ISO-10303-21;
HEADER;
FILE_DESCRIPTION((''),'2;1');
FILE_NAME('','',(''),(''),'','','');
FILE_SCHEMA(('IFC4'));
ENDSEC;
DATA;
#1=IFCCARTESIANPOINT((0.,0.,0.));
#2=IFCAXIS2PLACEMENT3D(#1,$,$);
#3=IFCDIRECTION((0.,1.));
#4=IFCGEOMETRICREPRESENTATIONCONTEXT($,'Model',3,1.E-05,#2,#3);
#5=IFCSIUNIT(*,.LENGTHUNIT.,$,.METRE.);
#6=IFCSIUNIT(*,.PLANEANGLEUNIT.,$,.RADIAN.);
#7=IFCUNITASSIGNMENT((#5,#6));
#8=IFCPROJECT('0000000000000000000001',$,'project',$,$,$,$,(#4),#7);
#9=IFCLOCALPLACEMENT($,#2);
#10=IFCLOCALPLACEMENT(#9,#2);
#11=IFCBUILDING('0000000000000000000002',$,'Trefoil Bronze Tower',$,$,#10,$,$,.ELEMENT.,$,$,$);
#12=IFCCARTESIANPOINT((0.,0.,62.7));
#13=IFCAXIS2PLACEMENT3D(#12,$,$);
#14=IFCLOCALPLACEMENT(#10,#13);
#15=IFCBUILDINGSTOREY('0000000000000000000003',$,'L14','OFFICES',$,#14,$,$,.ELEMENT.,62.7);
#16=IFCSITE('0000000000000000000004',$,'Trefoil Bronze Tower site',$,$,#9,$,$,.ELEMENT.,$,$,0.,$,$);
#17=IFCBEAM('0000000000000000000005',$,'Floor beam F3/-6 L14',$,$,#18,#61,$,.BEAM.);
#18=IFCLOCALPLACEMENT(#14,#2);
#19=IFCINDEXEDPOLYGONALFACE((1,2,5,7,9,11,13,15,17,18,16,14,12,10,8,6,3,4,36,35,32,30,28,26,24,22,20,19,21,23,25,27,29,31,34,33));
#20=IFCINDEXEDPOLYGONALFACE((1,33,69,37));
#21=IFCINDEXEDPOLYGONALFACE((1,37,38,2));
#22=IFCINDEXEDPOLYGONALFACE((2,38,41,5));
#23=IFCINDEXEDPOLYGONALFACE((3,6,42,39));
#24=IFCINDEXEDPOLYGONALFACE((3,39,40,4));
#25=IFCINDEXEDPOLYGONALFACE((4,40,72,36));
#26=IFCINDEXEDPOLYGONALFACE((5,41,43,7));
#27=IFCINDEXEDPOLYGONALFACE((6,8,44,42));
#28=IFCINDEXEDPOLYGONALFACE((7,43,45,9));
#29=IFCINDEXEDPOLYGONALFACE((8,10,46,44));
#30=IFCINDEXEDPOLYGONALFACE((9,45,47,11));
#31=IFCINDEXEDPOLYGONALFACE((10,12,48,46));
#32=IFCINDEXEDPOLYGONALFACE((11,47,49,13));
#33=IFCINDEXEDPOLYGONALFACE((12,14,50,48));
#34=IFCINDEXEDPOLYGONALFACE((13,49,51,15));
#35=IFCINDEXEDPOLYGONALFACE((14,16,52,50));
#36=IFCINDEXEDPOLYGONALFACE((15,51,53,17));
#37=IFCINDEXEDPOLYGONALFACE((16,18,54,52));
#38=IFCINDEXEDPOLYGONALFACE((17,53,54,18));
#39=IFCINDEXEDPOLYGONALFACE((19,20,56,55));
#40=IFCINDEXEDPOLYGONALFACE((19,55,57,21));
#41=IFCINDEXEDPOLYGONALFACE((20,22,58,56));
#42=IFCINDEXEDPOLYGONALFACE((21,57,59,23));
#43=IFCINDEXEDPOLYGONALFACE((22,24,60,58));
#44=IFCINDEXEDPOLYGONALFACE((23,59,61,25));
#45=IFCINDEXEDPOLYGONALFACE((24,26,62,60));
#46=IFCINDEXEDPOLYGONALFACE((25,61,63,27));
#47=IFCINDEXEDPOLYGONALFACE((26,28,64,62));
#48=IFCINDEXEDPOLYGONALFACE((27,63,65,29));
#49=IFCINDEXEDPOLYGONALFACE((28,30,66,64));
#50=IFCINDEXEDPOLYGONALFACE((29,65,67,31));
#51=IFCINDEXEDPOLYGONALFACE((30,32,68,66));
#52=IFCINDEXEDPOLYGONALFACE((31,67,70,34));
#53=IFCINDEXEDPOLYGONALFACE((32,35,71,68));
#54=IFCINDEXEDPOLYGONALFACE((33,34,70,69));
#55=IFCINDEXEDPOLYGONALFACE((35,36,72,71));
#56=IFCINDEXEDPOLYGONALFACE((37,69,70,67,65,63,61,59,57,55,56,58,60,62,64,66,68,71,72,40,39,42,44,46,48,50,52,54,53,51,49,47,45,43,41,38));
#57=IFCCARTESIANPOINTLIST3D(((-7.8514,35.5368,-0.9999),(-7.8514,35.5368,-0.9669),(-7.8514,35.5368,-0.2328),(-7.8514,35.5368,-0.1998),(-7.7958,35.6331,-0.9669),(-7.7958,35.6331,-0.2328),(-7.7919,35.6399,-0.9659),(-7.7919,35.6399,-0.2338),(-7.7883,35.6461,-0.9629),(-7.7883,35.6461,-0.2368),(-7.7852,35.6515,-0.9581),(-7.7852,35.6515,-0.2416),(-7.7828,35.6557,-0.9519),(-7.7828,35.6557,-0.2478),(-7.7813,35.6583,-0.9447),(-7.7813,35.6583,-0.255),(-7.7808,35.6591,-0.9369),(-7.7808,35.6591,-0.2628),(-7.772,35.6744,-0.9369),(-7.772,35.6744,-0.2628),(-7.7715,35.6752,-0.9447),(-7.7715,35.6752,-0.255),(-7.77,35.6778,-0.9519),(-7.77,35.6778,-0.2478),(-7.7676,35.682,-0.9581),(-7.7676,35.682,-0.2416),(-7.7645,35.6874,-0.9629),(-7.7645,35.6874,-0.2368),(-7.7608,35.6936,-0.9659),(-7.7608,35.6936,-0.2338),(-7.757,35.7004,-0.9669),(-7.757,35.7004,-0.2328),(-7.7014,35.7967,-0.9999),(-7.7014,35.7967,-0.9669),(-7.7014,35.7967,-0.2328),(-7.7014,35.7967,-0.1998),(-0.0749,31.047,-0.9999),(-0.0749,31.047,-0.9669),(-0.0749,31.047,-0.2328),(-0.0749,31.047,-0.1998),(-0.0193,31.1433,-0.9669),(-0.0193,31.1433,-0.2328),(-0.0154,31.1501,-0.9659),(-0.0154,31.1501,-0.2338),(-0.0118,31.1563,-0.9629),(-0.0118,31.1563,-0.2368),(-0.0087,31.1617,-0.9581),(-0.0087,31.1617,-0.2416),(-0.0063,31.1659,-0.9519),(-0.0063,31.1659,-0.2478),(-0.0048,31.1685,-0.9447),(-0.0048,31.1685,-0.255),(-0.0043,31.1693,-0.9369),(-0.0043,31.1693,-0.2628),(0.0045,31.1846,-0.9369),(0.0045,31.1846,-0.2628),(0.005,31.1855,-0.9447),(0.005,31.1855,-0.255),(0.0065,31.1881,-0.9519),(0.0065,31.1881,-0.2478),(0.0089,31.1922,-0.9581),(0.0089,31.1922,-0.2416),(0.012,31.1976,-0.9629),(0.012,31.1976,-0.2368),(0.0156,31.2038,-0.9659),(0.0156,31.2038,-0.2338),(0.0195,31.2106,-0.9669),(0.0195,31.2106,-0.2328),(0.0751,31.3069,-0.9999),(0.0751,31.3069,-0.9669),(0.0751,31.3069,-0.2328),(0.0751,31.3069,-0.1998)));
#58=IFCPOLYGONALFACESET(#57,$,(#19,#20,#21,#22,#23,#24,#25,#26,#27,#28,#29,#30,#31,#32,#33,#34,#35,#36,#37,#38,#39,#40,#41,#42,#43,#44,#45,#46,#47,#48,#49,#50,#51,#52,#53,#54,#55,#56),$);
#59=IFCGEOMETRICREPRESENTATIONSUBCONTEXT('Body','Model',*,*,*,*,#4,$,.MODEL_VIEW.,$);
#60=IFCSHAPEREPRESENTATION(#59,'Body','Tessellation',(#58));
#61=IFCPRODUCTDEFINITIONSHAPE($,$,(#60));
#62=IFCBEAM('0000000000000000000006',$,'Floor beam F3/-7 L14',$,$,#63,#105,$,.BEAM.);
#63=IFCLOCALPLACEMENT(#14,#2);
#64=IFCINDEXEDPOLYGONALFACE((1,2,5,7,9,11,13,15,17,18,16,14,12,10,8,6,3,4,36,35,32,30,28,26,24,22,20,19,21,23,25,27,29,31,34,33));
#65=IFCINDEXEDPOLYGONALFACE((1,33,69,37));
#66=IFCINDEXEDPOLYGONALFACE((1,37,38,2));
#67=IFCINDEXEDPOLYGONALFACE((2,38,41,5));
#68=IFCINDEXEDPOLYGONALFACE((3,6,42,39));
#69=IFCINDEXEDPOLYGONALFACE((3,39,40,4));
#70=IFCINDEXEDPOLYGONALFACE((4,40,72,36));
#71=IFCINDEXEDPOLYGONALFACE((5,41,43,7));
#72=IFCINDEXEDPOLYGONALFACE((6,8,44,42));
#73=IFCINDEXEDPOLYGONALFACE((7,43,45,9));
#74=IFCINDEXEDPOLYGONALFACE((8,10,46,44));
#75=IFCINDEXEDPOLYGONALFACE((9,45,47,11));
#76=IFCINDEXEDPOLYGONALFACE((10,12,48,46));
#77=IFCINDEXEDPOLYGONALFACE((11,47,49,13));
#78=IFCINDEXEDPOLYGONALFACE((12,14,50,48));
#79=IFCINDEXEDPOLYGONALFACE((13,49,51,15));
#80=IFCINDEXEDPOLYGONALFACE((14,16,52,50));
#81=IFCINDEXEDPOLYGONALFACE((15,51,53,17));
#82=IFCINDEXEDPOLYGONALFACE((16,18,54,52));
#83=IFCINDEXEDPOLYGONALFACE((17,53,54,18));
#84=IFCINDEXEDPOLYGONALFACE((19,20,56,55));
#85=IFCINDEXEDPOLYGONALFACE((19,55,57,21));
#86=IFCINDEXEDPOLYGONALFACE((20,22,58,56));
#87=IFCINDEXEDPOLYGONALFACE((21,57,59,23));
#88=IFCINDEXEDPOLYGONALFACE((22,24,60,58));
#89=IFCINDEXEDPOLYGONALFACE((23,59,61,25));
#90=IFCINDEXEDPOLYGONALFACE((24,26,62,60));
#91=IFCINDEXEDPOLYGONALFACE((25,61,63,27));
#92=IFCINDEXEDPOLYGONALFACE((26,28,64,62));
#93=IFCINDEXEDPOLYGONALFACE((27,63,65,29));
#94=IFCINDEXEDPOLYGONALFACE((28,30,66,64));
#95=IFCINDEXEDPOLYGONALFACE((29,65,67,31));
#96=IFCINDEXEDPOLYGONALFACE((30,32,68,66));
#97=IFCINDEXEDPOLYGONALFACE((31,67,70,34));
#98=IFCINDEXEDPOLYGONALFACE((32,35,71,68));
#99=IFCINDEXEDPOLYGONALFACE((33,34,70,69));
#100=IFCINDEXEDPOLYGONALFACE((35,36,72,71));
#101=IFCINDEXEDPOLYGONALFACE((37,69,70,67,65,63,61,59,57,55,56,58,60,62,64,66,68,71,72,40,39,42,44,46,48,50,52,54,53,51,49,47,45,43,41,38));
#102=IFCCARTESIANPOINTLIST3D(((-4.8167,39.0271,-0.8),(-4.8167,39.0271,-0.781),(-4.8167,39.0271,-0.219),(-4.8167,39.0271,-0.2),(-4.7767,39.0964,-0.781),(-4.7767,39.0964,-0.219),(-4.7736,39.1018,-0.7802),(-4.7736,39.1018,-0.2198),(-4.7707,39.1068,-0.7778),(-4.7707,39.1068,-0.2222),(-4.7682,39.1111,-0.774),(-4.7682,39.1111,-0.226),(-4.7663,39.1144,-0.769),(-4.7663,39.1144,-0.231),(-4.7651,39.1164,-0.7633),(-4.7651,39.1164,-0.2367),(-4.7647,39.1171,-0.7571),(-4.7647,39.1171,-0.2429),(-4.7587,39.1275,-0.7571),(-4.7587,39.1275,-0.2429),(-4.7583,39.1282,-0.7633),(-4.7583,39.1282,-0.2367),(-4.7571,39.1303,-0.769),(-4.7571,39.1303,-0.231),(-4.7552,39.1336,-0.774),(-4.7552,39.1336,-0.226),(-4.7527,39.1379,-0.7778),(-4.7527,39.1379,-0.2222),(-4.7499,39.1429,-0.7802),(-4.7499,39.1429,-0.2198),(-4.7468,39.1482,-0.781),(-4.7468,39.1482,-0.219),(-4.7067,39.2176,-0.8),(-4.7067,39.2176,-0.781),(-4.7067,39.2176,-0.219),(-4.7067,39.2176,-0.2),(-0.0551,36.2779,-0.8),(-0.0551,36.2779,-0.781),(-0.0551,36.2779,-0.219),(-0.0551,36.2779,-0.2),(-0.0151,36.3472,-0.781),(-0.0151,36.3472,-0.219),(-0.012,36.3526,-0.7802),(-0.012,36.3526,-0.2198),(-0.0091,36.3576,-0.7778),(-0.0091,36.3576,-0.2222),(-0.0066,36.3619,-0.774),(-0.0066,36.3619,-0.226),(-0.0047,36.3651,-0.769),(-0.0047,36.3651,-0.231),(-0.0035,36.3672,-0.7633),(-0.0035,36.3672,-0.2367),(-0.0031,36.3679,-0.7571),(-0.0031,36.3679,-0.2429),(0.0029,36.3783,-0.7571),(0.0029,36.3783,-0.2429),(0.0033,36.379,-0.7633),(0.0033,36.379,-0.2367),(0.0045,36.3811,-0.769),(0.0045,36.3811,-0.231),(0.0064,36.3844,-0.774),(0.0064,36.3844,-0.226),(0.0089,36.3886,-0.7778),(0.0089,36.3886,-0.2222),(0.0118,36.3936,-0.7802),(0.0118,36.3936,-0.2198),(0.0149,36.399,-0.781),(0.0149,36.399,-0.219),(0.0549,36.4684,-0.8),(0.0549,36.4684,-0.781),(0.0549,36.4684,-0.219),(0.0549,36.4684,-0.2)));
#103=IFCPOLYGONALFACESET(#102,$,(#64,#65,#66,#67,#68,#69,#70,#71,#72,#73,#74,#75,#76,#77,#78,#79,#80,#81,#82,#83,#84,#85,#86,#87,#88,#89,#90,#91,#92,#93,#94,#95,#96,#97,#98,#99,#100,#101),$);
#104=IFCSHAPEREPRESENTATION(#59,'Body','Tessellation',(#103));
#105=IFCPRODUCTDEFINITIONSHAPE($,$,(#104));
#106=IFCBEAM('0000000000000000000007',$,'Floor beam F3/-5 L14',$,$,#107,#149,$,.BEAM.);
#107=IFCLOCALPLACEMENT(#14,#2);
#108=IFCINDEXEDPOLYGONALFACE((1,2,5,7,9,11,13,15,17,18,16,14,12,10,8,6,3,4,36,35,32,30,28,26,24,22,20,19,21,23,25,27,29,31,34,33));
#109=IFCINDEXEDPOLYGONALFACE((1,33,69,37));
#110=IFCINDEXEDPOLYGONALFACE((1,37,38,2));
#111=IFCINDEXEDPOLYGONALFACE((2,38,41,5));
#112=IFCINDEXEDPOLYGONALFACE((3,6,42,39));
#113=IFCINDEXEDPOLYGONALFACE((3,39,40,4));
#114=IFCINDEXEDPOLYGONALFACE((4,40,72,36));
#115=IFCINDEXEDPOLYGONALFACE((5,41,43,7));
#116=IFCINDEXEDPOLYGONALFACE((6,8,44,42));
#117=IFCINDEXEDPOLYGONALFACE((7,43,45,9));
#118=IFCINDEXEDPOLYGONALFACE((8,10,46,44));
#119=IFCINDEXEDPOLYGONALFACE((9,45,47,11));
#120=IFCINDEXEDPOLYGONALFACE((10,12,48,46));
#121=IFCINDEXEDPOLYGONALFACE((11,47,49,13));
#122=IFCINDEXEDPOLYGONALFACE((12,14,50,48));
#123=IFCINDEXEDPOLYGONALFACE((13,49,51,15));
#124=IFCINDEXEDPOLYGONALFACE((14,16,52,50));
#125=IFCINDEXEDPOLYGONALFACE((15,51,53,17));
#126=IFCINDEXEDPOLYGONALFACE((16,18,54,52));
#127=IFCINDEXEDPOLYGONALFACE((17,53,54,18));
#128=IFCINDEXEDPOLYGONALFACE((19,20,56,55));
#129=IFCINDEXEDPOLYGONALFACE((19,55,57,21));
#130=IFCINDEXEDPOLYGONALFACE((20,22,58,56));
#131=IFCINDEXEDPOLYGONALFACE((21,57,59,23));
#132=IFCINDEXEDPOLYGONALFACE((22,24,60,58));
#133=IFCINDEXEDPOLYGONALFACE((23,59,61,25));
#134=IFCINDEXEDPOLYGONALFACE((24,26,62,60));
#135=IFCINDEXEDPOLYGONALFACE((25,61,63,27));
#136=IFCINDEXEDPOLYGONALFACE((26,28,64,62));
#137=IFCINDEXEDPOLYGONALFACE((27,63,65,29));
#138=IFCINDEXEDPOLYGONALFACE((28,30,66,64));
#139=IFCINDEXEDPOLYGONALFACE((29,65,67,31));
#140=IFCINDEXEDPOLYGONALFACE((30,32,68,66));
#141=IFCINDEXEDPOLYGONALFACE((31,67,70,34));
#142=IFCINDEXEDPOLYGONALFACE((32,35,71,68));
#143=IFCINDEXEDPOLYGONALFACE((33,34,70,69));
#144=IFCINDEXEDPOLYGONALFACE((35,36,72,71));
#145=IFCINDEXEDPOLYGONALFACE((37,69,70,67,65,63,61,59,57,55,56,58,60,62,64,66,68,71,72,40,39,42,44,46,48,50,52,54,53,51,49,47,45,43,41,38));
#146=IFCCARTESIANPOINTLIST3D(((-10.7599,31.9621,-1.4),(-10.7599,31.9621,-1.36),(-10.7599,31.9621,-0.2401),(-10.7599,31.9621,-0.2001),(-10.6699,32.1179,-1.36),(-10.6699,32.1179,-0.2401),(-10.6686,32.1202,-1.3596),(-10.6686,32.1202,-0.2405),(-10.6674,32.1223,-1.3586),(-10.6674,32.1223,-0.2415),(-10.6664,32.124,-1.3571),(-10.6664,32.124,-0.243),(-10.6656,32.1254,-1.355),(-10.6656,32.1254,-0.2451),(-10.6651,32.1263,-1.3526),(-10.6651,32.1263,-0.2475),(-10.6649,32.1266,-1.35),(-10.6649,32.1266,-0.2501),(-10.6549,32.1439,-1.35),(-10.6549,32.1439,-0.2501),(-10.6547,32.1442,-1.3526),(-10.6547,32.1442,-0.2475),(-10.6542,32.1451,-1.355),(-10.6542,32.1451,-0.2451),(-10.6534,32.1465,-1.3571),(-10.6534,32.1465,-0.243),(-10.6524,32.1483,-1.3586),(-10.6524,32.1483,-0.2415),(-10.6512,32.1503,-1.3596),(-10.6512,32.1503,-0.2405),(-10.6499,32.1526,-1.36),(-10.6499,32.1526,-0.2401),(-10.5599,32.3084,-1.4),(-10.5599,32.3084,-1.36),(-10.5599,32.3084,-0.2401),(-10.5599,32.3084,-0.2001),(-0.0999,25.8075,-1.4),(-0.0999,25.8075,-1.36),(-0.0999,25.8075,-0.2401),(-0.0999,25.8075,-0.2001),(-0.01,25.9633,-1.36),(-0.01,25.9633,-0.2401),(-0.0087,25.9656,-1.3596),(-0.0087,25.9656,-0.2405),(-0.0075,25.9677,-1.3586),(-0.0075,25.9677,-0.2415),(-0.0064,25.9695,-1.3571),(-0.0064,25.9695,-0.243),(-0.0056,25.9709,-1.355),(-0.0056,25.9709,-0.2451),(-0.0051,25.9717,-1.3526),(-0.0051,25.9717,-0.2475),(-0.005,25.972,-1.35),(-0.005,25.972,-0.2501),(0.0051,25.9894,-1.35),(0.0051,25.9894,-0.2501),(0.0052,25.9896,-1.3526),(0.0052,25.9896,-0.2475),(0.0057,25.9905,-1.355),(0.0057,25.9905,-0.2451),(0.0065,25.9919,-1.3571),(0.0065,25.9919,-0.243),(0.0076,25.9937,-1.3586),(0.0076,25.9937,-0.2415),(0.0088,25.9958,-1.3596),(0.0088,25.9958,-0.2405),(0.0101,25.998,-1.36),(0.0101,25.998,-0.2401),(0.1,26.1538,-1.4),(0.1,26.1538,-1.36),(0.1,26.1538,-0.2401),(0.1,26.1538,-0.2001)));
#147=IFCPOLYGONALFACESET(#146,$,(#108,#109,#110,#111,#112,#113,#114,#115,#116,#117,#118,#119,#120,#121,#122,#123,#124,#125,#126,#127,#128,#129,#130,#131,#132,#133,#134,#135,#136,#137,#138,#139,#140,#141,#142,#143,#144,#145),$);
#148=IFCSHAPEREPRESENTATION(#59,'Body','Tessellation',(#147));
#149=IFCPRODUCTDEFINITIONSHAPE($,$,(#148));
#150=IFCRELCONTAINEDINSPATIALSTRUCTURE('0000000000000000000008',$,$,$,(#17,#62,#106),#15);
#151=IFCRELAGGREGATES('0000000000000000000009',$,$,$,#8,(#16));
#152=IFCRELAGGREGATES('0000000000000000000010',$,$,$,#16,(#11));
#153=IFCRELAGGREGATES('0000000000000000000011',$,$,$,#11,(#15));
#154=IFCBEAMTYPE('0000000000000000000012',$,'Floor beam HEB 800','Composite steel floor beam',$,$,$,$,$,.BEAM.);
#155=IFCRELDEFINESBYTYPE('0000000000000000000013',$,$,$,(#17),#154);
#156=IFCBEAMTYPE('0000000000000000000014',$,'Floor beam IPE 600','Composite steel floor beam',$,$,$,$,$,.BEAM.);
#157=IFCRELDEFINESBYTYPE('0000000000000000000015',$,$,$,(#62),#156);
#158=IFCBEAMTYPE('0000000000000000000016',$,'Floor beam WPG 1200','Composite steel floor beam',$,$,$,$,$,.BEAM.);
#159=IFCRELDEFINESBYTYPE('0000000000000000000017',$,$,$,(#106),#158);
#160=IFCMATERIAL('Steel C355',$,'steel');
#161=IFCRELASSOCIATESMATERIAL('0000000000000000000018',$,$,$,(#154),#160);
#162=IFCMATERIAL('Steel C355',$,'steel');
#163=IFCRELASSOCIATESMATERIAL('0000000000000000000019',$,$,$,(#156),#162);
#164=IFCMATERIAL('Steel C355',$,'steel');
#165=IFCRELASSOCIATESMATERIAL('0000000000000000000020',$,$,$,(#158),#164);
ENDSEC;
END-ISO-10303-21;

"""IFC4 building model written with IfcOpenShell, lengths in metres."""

from ifc_helpers import new_model, si_unit, direction, frame, origin, origin_2d, place, context, subcontext, project, spatial, i_section, extrude, material, material_profile, profile_set, type_object, element, save


model = new_model("IFC4")

# Units and contexts
model_context = context("Model", 3, precision=1e-05, world=origin(), true_north=direction((0.0, 1.0)))
body_context = subcontext(model_context, "Body", "Model", "MODEL_VIEW")
ifc_project = project(units=[si_unit("LENGTHUNIT", "METRE"), si_unit("PLANEANGLEUNIT", "RADIAN")], contexts=[model_context])

# Site, building, storey
site_placement = place(None, origin())
site = spatial("IfcSite", under=ifc_project, at=site_placement, Name="Trefoil Bronze Tower site", CompositionType="ELEMENT", RefElevation=0.0)
building_placement = place(site_placement, origin())
building = spatial("IfcBuilding", under=site, at=building_placement, Name="Trefoil Bronze Tower", CompositionType="ELEMENT")
storey_placement = place(building_placement, frame((0.0, 0.0, 62.7)))
storey = spatial("IfcBuildingStorey", under=building, at=storey_placement, Name="L14", Description="OFFICES", CompositionType="ELEMENT", Elevation=62.7)

# Beams
ifc_material_1 = material(Name="Steel C355", Category="steel")
ifc_material_profile_1 = material_profile(ifc_material_1, i_section(OverallWidth=0.3, OverallDepth=0.8, WebThickness=0.0176, FlangeThickness=0.033, FilletRadius=0.03, at=origin_2d()), Name="HEB 800")
ifc_profile_set_1 = profile_set([ifc_material_profile_1], Name="Steel C355")
beam_type_1 = type_object("IfcBeamType", Name="Floor beam HEB 800", Description="Composite steel floor beam", PredefinedType="BEAM", material=ifc_profile_set_1)
beam_1_placement = place(storey_placement, frame((-7.7764, 35.6667, -0.5999), z_axis=(0.866023, -0.500005, 0.0), x_axis=(0.500005, 0.866023, 0.0)))
element("IfcBeam", 1, at=beam_1_placement, inside=storey, type_object=beam_type_1, Name="Floor beam F3/-6 L14", PredefinedType="BEAM", context=body_context, shape_type="SweptSolid", body=[
    extrude(i_section(OverallWidth=0.3, OverallDepth=0.8, WebThickness=0.0176, FlangeThickness=0.033, FilletRadius=0.03, at=origin_2d()), origin(), (0.0, 0.0, 1.0), 8.9795),
])
ifc_material_2 = material(Name="Steel C355", Category="steel")
ifc_material_profile_2 = material_profile(ifc_material_2, i_section(OverallWidth=0.22, OverallDepth=0.6001, WebThickness=0.012, FlangeThickness=0.019, FilletRadius=0.0239, at=origin_2d()), Name="IPE 600")
ifc_profile_set_2 = profile_set([ifc_material_profile_2], Name="Steel C355")
beam_type_2 = type_object("IfcBeamType", Name="Floor beam IPE 600", Description="Composite steel floor beam", PredefinedType="BEAM", material=ifc_profile_set_2)
beam_2_placement = place(storey_placement, frame((-4.7617, 39.1223, -0.5), z_axis=(0.866018, -0.500012, 0.0), x_axis=(0.500012, 0.866018, 0.0)))
element("IfcBeam", 2, at=beam_2_placement, inside=storey, type_object=beam_type_2, Name="Floor beam F3/-7 L14", PredefinedType="BEAM", context=body_context, shape_type="SweptSolid", body=[
    extrude(i_section(OverallWidth=0.22, OverallDepth=0.6001, WebThickness=0.012, FlangeThickness=0.019, FilletRadius=0.0239, at=origin_2d()), origin(), (0.0, 0.0, 1.0), 5.4983),
])
ifc_material_3 = material(Name="Steel C355", Category="steel")
ifc_material_profile_3 = material_profile(ifc_material_3, i_section(OverallWidth=0.3999, OverallDepth=1.2, WebThickness=0.02, FlangeThickness=0.04, FilletRadius=0.01, at=origin_2d()), Name="WPG 1200")
ifc_profile_set_3 = profile_set([ifc_material_profile_3], Name="Steel C355")
beam_type_3 = type_object("IfcBeamType", Name="Floor beam WPG 1200", Description="Composite steel floor beam", PredefinedType="BEAM", material=ifc_profile_set_3)
beam_3_placement = place(storey_placement, frame((-10.6599, 32.1353, -0.8), z_axis=(0.866024, -0.500002, 0.0), x_axis=(0.500002, 0.866024, 0.0)))
element("IfcBeam", 3, at=beam_3_placement, inside=storey, type_object=beam_type_3, Name="Floor beam F3/-5 L14", PredefinedType="BEAM", context=body_context, shape_type="SweptSolid", body=[
    extrude(i_section(OverallWidth=0.3999, OverallDepth=1.2, WebThickness=0.02, FlangeThickness=0.04, FilletRadius=0.01, at=origin_2d()), origin(), (0.0, 0.0, 1.0), 12.3091),
])

save(model, "model.ifc")
